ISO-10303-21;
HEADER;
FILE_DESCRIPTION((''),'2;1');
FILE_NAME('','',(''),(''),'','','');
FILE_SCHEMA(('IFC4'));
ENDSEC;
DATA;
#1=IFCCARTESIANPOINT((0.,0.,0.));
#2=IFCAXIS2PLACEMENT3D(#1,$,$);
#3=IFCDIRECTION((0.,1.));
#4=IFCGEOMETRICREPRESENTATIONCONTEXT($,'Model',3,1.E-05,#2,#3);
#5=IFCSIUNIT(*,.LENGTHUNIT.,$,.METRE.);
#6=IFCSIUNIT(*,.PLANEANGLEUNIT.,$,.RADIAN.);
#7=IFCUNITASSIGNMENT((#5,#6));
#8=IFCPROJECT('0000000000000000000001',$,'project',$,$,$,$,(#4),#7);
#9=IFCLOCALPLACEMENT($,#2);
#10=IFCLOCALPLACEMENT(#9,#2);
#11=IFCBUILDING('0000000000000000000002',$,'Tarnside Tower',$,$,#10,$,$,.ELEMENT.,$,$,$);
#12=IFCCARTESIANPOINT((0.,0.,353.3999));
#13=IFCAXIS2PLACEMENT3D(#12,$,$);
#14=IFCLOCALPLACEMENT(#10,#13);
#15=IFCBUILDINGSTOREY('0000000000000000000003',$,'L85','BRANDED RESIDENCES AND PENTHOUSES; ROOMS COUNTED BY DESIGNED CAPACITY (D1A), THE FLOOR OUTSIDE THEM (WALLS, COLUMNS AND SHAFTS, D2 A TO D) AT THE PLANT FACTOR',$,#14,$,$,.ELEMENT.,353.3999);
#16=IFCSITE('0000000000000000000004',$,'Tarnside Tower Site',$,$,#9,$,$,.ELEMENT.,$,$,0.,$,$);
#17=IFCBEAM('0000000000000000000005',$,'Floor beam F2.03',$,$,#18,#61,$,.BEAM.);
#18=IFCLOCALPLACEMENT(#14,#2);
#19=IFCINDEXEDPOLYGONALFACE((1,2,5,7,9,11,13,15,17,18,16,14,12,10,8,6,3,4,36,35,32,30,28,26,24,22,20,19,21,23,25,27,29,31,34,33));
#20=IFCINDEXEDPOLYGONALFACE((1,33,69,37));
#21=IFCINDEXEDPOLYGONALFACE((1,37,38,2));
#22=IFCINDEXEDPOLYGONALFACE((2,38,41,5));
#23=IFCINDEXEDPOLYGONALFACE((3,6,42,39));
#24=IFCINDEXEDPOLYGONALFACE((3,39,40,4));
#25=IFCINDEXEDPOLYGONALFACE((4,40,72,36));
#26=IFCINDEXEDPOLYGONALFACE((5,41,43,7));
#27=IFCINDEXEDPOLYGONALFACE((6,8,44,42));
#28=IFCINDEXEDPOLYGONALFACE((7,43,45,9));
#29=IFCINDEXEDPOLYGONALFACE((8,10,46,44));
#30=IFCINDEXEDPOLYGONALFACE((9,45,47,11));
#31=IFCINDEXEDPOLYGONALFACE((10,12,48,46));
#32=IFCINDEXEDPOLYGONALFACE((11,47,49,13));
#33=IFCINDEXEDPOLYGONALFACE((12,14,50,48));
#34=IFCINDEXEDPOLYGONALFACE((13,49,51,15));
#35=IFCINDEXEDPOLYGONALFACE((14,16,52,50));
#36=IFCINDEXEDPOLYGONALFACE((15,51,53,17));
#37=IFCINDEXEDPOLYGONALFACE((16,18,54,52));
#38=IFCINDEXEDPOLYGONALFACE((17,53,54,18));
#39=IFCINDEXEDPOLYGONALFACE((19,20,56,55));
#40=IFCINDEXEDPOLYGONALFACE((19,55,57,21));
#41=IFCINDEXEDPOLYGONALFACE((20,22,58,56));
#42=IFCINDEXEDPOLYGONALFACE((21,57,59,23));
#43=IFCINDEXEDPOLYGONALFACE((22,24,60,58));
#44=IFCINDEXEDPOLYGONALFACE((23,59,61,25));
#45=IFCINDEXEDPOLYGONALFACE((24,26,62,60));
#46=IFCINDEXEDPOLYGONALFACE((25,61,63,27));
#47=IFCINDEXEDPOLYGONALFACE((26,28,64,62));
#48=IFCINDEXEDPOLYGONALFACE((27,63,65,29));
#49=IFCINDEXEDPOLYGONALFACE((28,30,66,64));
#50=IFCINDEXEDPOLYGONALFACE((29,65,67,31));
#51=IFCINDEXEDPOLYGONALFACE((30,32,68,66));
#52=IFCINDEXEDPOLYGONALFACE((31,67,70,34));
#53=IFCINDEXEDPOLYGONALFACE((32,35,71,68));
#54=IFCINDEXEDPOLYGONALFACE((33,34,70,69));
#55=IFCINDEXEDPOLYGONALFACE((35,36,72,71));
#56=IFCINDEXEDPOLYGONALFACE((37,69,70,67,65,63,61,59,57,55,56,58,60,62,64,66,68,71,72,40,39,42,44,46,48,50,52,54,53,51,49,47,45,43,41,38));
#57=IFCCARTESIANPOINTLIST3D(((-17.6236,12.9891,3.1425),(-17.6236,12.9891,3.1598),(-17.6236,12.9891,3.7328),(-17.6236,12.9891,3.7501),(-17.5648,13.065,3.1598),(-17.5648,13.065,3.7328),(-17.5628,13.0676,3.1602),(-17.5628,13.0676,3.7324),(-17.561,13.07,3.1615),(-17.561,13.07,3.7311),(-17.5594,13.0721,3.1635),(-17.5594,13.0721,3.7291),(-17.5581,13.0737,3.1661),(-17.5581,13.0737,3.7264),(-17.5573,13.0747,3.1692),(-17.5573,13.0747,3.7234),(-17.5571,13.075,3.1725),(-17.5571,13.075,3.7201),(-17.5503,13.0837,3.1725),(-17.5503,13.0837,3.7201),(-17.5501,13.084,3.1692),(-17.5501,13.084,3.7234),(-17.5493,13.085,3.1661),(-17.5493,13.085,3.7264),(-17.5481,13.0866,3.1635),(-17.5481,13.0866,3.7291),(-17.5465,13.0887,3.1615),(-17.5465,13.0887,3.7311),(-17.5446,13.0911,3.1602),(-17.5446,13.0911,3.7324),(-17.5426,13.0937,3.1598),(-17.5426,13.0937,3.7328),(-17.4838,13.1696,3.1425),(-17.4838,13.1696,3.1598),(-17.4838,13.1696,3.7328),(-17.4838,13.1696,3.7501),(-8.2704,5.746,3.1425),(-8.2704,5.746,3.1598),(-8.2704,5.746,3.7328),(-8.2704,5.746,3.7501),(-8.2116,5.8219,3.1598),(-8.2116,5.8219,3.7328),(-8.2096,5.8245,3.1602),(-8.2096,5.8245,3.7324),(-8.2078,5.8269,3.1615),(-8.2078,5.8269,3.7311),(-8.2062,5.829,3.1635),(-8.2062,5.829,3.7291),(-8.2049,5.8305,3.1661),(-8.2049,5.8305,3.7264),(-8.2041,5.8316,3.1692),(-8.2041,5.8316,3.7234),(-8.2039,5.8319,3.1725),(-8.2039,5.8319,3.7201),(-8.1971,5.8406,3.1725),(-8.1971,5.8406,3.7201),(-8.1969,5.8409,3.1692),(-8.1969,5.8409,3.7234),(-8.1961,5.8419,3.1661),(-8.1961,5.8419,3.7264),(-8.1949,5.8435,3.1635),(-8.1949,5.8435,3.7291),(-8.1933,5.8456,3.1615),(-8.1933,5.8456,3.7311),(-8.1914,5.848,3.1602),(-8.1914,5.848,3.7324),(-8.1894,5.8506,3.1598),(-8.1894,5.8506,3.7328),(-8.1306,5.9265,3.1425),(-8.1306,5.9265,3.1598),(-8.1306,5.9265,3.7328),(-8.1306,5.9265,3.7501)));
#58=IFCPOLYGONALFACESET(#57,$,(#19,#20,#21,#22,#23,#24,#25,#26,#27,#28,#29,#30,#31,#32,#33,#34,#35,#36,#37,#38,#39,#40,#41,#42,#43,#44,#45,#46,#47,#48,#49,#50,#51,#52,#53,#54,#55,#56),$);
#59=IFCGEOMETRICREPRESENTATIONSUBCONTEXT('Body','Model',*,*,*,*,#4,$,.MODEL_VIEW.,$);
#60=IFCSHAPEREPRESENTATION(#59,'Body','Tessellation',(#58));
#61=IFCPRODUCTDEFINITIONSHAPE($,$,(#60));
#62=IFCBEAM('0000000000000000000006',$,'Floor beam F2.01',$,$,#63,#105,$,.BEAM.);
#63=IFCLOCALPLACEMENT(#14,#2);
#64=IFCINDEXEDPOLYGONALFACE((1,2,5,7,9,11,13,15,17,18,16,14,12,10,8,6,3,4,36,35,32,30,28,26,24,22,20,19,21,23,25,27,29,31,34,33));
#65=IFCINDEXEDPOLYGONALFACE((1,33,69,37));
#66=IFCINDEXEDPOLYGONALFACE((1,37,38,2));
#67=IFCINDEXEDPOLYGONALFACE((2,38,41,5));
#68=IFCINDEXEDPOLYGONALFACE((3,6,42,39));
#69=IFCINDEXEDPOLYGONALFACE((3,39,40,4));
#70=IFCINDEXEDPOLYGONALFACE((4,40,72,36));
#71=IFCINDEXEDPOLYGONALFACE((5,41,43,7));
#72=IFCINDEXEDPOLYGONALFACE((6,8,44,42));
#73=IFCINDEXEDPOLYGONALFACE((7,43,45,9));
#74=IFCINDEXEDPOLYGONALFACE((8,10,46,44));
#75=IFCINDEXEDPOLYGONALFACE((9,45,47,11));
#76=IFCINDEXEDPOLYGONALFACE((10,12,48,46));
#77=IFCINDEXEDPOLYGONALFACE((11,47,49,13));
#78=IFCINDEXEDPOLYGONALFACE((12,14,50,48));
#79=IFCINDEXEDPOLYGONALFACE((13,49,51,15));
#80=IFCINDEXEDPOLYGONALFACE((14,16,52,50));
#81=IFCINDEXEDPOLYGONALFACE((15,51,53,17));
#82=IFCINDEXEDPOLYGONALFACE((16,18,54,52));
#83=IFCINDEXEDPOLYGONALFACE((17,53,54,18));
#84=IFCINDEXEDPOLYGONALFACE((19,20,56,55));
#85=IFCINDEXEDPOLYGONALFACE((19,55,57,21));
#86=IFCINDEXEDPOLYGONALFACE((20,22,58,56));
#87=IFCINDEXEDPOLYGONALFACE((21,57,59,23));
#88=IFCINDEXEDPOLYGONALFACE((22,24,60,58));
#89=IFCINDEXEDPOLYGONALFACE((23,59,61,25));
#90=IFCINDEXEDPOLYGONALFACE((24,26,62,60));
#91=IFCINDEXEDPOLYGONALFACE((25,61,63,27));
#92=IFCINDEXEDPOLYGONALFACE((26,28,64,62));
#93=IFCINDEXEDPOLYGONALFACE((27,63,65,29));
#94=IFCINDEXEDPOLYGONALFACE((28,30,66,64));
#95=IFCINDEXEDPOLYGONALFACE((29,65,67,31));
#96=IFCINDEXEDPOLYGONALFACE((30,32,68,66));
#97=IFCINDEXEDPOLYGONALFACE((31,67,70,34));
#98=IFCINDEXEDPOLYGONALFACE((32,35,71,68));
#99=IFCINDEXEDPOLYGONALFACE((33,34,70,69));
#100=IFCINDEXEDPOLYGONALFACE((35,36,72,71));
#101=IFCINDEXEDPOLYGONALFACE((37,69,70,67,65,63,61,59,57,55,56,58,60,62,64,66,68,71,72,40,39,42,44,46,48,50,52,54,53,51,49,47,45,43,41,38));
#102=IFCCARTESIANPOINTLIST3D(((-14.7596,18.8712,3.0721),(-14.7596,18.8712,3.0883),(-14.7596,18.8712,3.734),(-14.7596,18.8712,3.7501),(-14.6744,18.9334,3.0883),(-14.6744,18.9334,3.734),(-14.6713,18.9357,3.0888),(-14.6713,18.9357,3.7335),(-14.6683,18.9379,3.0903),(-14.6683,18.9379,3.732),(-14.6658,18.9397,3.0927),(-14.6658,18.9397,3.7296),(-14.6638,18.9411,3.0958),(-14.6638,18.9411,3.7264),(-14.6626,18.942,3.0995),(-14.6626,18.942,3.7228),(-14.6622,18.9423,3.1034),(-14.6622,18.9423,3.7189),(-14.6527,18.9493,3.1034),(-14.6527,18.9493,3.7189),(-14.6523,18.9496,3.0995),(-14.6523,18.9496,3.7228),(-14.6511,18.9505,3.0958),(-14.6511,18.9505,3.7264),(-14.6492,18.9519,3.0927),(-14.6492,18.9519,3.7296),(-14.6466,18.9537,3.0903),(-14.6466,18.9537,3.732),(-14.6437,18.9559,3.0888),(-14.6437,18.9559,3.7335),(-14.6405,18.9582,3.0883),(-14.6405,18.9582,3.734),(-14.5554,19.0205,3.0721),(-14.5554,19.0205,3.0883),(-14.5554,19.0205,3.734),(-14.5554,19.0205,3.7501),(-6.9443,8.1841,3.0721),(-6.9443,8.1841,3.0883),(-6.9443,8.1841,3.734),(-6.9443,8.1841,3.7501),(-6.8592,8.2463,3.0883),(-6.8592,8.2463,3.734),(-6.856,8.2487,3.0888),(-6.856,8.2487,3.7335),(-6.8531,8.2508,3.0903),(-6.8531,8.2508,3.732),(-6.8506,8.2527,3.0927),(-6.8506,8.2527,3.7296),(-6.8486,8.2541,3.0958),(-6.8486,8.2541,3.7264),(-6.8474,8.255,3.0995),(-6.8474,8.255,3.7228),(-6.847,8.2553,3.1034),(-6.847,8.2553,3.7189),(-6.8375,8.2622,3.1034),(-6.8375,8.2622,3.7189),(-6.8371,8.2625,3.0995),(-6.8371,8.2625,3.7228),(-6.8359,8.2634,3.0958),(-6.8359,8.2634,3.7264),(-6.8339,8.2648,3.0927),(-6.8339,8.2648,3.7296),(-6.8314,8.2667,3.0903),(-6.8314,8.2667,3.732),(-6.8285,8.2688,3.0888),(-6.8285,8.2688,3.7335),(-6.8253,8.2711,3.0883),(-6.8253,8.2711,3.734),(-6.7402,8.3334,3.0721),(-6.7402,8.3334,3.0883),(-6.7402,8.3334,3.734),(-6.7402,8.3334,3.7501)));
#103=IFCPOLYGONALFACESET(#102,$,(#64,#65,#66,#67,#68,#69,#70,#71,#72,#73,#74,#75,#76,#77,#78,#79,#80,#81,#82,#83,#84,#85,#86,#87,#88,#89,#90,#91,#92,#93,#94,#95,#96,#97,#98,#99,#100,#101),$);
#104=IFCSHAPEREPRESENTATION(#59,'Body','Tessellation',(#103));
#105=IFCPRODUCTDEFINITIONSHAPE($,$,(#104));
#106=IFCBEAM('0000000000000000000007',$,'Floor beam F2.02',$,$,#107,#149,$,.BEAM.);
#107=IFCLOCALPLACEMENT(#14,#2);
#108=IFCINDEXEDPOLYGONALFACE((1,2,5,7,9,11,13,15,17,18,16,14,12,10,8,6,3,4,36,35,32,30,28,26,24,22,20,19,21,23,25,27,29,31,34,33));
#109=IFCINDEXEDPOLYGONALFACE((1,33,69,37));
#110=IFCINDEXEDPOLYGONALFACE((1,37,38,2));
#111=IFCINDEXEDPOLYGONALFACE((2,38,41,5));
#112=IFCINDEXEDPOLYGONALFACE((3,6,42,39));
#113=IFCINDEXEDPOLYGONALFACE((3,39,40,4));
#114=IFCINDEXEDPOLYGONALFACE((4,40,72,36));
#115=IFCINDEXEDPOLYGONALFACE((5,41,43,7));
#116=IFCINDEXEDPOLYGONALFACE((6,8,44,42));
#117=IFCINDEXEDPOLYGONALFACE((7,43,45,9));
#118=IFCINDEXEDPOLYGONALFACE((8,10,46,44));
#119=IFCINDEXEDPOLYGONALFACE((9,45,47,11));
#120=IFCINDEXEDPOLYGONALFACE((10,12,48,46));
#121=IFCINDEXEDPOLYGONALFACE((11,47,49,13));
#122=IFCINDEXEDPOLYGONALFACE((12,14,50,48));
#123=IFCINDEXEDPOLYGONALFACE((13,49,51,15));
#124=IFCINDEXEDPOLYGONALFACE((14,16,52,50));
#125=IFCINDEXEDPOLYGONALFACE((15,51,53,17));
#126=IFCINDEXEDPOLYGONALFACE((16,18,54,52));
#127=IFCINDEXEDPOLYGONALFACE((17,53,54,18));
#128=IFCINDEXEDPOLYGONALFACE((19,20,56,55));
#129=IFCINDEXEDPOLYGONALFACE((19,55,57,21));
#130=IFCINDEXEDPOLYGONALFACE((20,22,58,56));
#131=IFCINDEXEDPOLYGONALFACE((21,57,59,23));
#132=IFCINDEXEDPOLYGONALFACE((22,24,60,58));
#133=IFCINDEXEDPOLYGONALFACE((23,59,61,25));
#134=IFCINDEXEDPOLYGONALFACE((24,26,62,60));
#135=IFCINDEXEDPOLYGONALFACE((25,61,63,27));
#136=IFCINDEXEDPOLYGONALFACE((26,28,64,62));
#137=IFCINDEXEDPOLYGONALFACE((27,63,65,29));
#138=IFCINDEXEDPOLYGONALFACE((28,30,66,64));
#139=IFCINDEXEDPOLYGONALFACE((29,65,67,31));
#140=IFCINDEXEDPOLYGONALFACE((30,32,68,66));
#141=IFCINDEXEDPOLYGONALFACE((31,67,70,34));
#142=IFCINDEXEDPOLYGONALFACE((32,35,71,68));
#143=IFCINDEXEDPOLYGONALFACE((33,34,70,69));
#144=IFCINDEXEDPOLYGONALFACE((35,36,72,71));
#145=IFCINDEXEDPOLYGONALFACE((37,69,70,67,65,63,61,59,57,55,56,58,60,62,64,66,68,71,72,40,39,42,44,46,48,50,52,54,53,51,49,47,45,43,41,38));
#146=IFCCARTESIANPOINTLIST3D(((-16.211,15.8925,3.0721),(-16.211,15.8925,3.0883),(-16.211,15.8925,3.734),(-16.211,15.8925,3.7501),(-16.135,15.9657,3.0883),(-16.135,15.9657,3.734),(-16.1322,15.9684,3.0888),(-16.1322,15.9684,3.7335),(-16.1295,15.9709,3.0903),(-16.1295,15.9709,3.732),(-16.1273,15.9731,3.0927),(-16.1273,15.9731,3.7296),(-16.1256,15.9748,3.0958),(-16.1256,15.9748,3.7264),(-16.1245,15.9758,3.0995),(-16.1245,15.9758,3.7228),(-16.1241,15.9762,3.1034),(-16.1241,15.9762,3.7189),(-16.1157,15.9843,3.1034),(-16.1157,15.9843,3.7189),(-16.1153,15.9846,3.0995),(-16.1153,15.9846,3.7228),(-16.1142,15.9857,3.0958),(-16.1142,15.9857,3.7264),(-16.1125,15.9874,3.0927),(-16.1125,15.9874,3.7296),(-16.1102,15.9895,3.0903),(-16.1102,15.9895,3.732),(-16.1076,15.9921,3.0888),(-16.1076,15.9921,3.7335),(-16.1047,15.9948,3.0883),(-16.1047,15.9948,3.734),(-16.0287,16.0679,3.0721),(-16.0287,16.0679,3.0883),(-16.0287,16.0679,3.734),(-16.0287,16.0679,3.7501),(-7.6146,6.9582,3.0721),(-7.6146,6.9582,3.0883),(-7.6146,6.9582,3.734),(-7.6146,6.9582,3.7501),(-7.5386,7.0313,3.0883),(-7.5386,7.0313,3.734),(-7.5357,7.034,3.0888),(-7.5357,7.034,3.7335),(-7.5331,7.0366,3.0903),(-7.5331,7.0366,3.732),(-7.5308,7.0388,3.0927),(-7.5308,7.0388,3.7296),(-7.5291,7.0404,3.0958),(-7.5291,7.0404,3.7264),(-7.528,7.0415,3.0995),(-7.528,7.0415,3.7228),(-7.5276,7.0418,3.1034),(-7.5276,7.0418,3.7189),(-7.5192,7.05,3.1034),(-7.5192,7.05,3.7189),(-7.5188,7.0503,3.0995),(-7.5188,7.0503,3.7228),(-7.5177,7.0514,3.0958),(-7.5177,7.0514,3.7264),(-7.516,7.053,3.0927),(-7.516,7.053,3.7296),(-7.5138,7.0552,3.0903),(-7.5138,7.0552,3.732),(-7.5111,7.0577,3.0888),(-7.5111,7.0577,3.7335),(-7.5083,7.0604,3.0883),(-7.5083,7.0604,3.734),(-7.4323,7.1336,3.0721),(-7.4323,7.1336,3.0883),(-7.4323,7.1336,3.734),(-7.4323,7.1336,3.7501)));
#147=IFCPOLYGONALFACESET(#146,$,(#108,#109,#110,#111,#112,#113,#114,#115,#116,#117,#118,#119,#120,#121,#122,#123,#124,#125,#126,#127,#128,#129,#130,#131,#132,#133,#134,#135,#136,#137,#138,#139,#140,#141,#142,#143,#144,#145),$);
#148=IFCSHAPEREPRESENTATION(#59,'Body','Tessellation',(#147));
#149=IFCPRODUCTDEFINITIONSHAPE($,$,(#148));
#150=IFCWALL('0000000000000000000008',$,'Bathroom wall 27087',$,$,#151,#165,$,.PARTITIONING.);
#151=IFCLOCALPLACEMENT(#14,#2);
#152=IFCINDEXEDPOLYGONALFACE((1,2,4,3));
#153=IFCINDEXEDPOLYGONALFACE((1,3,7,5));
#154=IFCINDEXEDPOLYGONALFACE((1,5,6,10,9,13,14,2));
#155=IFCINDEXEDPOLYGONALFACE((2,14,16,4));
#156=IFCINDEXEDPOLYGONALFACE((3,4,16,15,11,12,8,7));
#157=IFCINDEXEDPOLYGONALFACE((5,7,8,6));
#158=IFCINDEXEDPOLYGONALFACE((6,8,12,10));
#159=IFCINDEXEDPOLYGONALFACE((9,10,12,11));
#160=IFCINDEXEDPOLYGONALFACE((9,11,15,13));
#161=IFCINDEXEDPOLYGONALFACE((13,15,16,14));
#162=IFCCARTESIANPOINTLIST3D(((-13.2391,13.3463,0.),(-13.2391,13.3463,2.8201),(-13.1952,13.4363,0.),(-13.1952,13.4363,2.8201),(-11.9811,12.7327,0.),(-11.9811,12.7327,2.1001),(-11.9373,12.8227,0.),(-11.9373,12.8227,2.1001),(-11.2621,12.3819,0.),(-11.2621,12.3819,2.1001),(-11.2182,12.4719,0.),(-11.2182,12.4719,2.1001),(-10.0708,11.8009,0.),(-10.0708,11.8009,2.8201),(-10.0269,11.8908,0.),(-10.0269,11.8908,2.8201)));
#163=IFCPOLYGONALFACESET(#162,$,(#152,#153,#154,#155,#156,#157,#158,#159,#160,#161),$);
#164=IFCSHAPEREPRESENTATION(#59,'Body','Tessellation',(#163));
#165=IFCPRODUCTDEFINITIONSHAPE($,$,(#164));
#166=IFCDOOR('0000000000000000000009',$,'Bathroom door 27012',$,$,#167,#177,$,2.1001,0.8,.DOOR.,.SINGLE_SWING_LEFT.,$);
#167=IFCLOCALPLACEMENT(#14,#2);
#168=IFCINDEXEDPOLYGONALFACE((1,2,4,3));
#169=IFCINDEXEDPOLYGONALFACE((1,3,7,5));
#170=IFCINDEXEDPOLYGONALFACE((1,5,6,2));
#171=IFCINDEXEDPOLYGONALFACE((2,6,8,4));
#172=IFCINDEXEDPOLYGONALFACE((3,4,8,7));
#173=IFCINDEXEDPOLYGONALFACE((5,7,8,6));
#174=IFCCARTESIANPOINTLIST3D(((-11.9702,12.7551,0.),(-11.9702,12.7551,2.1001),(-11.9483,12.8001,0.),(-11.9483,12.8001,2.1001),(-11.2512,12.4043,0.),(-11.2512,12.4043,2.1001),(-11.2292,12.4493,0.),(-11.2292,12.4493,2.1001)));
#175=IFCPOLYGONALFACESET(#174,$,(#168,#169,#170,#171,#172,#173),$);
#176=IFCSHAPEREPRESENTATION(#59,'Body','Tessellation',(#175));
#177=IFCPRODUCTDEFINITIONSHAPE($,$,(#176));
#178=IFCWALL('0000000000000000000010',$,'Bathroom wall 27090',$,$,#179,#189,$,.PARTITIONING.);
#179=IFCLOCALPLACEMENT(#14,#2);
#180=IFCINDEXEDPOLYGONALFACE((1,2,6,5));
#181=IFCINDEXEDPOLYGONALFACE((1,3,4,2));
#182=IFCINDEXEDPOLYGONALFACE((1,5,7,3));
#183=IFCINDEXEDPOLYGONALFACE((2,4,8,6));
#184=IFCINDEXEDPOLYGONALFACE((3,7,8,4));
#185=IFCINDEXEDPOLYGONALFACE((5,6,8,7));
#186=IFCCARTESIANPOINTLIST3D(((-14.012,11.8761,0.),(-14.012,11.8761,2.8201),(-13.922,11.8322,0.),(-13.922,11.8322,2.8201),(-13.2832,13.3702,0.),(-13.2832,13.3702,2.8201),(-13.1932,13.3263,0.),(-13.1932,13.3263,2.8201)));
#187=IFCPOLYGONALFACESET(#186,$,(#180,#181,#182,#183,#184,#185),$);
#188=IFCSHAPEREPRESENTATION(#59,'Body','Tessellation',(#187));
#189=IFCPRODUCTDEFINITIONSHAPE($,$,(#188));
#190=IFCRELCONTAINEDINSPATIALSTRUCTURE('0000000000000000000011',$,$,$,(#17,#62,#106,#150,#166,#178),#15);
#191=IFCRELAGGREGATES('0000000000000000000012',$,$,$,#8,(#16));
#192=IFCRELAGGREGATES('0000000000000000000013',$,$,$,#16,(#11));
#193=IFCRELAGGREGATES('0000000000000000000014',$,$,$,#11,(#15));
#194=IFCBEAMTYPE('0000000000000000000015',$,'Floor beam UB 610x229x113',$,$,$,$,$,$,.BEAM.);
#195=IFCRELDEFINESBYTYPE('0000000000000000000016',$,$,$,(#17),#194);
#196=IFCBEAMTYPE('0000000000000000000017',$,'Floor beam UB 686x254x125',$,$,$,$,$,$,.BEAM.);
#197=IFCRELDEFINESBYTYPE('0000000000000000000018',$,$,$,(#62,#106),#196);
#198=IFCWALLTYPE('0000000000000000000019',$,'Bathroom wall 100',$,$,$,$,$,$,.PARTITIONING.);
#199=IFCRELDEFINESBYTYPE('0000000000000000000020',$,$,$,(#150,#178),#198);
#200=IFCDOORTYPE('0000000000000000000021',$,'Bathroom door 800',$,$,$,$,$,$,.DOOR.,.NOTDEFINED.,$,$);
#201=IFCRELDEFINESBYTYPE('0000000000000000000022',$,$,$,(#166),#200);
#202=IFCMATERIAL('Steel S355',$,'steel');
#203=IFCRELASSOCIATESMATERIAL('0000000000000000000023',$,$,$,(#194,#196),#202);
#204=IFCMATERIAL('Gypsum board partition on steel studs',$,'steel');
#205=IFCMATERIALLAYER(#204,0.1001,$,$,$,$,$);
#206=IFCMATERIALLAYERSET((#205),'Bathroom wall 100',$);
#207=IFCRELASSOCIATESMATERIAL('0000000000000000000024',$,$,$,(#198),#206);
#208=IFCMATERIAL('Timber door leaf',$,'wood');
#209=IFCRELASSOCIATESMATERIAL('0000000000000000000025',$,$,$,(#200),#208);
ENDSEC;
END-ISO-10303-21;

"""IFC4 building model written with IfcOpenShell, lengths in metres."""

from ifc_helpers import new_model, si_unit, direction, frame, frame_2d, origin, origin_2d, place, context, subcontext, project, spatial, rectangle, i_section, extrude, material, layer, layer_set, material_profile, profile_set, type_object, element, fill, save


model = new_model("IFC4")

# Units and contexts
model_context = context("Model", 3, precision=1e-05, world=origin(), true_north=direction((0.0, 1.0)))
body_context = subcontext(model_context, "Body", "Model", "MODEL_VIEW")
ifc_project = project(units=[si_unit("LENGTHUNIT", "METRE"), si_unit("PLANEANGLEUNIT", "RADIAN")], contexts=[model_context])

# Site, building, storey
site_placement = place(None, origin())
site = spatial("IfcSite", under=ifc_project, at=site_placement, Name="Tarnside Tower Site", CompositionType="ELEMENT", RefElevation=0.0)
building_placement = place(site_placement, origin())
building = spatial("IfcBuilding", under=site, at=building_placement, Name="Tarnside Tower", CompositionType="ELEMENT")
storey_placement = place(building_placement, frame((0.0, 0.0, 353.3999)))
storey = spatial("IfcBuildingStorey", under=building, at=storey_placement, Name="L85", Description="BRANDED RESIDENCES AND PENTHOUSES; ROOMS COUNTED BY DESIGNED CAPACITY (D1A), THE FLOOR OUTSIDE THEM (WALLS, COLUMNS AND SHAFTS, D2 A TO D) AT THE PLANT FACTOR", CompositionType="ELEMENT", Elevation=353.3999)

# Beams
ifc_material_1 = material(Name="Steel S355", Category="steel")
ifc_material_profile_1 = material_profile(ifc_material_1, i_section(OverallWidth=0.2283, OverallDepth=0.6077, WebThickness=0.011, FlangeThickness=0.0173, FilletRadius=0.0127, at=origin_2d()), Name="UB 610x229x113")
ifc_profile_set_1 = profile_set([ifc_material_profile_1], Name="Steel S355")
beam_type_1 = type_object("IfcBeamType", Name="Floor beam UB 610x229x113", PredefinedType="BEAM", material=ifc_profile_set_1)
beam_1_placement = place(storey_placement, frame((-17.5537, 13.0793, 3.4463), z_axis=(0.790645, -0.612275, 0.0), x_axis=(0.612275, 0.790645, 0.0)))
element("IfcBeam", 1, at=beam_1_placement, inside=storey, type_object=beam_type_1, Name="Floor beam F2.03", PredefinedType="BEAM", context=body_context, shape_type="SweptSolid", body=[
    extrude(i_section(OverallWidth=0.2283, OverallDepth=0.6077, WebThickness=0.011, FlangeThickness=0.0173, FilletRadius=0.0127, at=origin_2d()), origin(), (0.0, 0.0, 1.0), 11.8298),
])
ifc_material_profile_2 = material_profile(ifc_material_1, i_section(OverallWidth=0.2529, OverallDepth=0.678, WebThickness=0.0117, FlangeThickness=0.0161, FilletRadius=0.0151, at=origin_2d()), Name="UB 686x254x125")
ifc_profile_set_2 = profile_set([ifc_material_profile_2], Name="Steel S355")
beam_type_2 = type_object("IfcBeamType", Name="Floor beam UB 686x254x125", PredefinedType="BEAM", material=ifc_profile_set_2)
beam_2_placement = place(storey_placement, frame((-14.6575, 18.9458, 3.4111), z_axis=(0.590285, -0.807195, 0.0), x_axis=(0.807195, 0.590285, 0.0)))
element("IfcBeam", 2, at=beam_2_placement, inside=storey, type_object=beam_type_2, Name="Floor beam F2.01", PredefinedType="BEAM", context=body_context, shape_type="SweptSolid", body=[
    extrude(i_section(OverallWidth=0.2529, OverallDepth=0.678, WebThickness=0.0117, FlangeThickness=0.0161, FilletRadius=0.0151, at=origin_2d()), origin(), (0.0, 0.0, 1.0), 13.2397),
])
beam_3_placement = place(storey_placement, frame((-16.1199, 15.9802, 3.4111), z_axis=(0.693349, -0.720602, 0.0), x_axis=(0.720602, 0.693349, 0.0)))
element("IfcBeam", 3, at=beam_3_placement, inside=storey, type_object=beam_type_2, Name="Floor beam F2.02", PredefinedType="BEAM", context=body_context, shape_type="SweptSolid", body=[
    extrude(i_section(OverallWidth=0.2529, OverallDepth=0.678, WebThickness=0.0117, FlangeThickness=0.0161, FilletRadius=0.0151, at=origin_2d()), origin(), (0.0, 0.0, 1.0), 12.3984),
])

# Wall, opening, door
ifc_material_2 = material(Name="Gypsum board partition on steel studs", Category="steel")
ifc_layer_1 = layer(ifc_material_2, 0.1001)
ifc_layer_set_1 = layer_set([ifc_layer_1], Name="Bathroom wall 100")
wall_type_1 = type_object("IfcWallType", Name="Bathroom wall 100", PredefinedType="PARTITIONING", material=ifc_layer_set_1)
wall_1_placement = place(storey_placement, frame((-13.2173, 13.3914, 0.0), z_axis=(0.0, 0.0, 1.0), x_axis=(0.898775, -0.43841, 0.0)))
wall_1 = element("IfcWall", 4, at=wall_1_placement, inside=storey, type_object=wall_type_1, Name="Bathroom wall 27087", PredefinedType="PARTITIONING", context=body_context, shape_type="SweptSolid", body=[
    extrude(rectangle(XDim=3.5251, YDim=0.1001, at=frame_2d((1.7627, 0.0))), origin(), (0.0, 0.0, 1.0), 2.8201),
])
opening_1_placement = place(wall_1_placement, frame((1.3999, 0.0, 0.0)))
opening_1 = element("IfcOpeningElement", 5, at=opening_1_placement, cuts=wall_1, PredefinedType="OPENING", context=body_context, shape_type="SweptSolid", body=[
    extrude(rectangle(XDim=0.8, YDim=2.1001, at=frame_2d((0.3999, 1.05))), frame((0.0, 0.0601, 0.0), z_axis=(0.0, -1.0, 0.0), x_axis=(1.0, 0.0, 0.0)), (0.0, 0.0, 1.0), 0.1201),
])
ifc_material_3 = material(Name="Timber door leaf", Category="wood")
door_type_1 = type_object("IfcDoorType", Name="Bathroom door 800", OperationType="NOTDEFINED", PredefinedType="DOOR", material=ifc_material_3)
door_1_placement = place(opening_1_placement, origin())
door_1 = element("IfcDoor", 6, at=door_1_placement, inside=storey, type_object=door_type_1, Name="Bathroom door 27012", OperationType="SINGLE_SWING_LEFT", OverallHeight=2.1001, OverallWidth=0.8, PredefinedType="DOOR", context=body_context, shape_type="SweptSolid", body=[
    extrude(rectangle(XDim=0.8, YDim=2.1001, at=frame_2d((0.3999, 1.05))), frame((0.0, 0.0249, 0.0), z_axis=(0.0, -1.0, 0.0), x_axis=(1.0, 0.0, 0.0)), (0.0, 0.0, 1.0), 0.05),
])
fill(opening_1, door_1)

# Wall
wall_2_placement = place(storey_placement, frame((-13.2383, 13.3481, 0.0), z_axis=(0.0, 0.0, 1.0), x_axis=(-0.43838, -0.89879, 0.0)))
element("IfcWall", 7, at=wall_2_placement, inside=storey, type_object=wall_type_1, Name="Bathroom wall 27090", PredefinedType="PARTITIONING", context=body_context, shape_type="SweptSolid", body=[
    extrude(rectangle(XDim=1.6624, YDim=0.1001, at=frame_2d((0.8311, 0.0))), origin(), (0.0, 0.0, 1.0), 2.8201),
])

save(model, "model.ifc")
